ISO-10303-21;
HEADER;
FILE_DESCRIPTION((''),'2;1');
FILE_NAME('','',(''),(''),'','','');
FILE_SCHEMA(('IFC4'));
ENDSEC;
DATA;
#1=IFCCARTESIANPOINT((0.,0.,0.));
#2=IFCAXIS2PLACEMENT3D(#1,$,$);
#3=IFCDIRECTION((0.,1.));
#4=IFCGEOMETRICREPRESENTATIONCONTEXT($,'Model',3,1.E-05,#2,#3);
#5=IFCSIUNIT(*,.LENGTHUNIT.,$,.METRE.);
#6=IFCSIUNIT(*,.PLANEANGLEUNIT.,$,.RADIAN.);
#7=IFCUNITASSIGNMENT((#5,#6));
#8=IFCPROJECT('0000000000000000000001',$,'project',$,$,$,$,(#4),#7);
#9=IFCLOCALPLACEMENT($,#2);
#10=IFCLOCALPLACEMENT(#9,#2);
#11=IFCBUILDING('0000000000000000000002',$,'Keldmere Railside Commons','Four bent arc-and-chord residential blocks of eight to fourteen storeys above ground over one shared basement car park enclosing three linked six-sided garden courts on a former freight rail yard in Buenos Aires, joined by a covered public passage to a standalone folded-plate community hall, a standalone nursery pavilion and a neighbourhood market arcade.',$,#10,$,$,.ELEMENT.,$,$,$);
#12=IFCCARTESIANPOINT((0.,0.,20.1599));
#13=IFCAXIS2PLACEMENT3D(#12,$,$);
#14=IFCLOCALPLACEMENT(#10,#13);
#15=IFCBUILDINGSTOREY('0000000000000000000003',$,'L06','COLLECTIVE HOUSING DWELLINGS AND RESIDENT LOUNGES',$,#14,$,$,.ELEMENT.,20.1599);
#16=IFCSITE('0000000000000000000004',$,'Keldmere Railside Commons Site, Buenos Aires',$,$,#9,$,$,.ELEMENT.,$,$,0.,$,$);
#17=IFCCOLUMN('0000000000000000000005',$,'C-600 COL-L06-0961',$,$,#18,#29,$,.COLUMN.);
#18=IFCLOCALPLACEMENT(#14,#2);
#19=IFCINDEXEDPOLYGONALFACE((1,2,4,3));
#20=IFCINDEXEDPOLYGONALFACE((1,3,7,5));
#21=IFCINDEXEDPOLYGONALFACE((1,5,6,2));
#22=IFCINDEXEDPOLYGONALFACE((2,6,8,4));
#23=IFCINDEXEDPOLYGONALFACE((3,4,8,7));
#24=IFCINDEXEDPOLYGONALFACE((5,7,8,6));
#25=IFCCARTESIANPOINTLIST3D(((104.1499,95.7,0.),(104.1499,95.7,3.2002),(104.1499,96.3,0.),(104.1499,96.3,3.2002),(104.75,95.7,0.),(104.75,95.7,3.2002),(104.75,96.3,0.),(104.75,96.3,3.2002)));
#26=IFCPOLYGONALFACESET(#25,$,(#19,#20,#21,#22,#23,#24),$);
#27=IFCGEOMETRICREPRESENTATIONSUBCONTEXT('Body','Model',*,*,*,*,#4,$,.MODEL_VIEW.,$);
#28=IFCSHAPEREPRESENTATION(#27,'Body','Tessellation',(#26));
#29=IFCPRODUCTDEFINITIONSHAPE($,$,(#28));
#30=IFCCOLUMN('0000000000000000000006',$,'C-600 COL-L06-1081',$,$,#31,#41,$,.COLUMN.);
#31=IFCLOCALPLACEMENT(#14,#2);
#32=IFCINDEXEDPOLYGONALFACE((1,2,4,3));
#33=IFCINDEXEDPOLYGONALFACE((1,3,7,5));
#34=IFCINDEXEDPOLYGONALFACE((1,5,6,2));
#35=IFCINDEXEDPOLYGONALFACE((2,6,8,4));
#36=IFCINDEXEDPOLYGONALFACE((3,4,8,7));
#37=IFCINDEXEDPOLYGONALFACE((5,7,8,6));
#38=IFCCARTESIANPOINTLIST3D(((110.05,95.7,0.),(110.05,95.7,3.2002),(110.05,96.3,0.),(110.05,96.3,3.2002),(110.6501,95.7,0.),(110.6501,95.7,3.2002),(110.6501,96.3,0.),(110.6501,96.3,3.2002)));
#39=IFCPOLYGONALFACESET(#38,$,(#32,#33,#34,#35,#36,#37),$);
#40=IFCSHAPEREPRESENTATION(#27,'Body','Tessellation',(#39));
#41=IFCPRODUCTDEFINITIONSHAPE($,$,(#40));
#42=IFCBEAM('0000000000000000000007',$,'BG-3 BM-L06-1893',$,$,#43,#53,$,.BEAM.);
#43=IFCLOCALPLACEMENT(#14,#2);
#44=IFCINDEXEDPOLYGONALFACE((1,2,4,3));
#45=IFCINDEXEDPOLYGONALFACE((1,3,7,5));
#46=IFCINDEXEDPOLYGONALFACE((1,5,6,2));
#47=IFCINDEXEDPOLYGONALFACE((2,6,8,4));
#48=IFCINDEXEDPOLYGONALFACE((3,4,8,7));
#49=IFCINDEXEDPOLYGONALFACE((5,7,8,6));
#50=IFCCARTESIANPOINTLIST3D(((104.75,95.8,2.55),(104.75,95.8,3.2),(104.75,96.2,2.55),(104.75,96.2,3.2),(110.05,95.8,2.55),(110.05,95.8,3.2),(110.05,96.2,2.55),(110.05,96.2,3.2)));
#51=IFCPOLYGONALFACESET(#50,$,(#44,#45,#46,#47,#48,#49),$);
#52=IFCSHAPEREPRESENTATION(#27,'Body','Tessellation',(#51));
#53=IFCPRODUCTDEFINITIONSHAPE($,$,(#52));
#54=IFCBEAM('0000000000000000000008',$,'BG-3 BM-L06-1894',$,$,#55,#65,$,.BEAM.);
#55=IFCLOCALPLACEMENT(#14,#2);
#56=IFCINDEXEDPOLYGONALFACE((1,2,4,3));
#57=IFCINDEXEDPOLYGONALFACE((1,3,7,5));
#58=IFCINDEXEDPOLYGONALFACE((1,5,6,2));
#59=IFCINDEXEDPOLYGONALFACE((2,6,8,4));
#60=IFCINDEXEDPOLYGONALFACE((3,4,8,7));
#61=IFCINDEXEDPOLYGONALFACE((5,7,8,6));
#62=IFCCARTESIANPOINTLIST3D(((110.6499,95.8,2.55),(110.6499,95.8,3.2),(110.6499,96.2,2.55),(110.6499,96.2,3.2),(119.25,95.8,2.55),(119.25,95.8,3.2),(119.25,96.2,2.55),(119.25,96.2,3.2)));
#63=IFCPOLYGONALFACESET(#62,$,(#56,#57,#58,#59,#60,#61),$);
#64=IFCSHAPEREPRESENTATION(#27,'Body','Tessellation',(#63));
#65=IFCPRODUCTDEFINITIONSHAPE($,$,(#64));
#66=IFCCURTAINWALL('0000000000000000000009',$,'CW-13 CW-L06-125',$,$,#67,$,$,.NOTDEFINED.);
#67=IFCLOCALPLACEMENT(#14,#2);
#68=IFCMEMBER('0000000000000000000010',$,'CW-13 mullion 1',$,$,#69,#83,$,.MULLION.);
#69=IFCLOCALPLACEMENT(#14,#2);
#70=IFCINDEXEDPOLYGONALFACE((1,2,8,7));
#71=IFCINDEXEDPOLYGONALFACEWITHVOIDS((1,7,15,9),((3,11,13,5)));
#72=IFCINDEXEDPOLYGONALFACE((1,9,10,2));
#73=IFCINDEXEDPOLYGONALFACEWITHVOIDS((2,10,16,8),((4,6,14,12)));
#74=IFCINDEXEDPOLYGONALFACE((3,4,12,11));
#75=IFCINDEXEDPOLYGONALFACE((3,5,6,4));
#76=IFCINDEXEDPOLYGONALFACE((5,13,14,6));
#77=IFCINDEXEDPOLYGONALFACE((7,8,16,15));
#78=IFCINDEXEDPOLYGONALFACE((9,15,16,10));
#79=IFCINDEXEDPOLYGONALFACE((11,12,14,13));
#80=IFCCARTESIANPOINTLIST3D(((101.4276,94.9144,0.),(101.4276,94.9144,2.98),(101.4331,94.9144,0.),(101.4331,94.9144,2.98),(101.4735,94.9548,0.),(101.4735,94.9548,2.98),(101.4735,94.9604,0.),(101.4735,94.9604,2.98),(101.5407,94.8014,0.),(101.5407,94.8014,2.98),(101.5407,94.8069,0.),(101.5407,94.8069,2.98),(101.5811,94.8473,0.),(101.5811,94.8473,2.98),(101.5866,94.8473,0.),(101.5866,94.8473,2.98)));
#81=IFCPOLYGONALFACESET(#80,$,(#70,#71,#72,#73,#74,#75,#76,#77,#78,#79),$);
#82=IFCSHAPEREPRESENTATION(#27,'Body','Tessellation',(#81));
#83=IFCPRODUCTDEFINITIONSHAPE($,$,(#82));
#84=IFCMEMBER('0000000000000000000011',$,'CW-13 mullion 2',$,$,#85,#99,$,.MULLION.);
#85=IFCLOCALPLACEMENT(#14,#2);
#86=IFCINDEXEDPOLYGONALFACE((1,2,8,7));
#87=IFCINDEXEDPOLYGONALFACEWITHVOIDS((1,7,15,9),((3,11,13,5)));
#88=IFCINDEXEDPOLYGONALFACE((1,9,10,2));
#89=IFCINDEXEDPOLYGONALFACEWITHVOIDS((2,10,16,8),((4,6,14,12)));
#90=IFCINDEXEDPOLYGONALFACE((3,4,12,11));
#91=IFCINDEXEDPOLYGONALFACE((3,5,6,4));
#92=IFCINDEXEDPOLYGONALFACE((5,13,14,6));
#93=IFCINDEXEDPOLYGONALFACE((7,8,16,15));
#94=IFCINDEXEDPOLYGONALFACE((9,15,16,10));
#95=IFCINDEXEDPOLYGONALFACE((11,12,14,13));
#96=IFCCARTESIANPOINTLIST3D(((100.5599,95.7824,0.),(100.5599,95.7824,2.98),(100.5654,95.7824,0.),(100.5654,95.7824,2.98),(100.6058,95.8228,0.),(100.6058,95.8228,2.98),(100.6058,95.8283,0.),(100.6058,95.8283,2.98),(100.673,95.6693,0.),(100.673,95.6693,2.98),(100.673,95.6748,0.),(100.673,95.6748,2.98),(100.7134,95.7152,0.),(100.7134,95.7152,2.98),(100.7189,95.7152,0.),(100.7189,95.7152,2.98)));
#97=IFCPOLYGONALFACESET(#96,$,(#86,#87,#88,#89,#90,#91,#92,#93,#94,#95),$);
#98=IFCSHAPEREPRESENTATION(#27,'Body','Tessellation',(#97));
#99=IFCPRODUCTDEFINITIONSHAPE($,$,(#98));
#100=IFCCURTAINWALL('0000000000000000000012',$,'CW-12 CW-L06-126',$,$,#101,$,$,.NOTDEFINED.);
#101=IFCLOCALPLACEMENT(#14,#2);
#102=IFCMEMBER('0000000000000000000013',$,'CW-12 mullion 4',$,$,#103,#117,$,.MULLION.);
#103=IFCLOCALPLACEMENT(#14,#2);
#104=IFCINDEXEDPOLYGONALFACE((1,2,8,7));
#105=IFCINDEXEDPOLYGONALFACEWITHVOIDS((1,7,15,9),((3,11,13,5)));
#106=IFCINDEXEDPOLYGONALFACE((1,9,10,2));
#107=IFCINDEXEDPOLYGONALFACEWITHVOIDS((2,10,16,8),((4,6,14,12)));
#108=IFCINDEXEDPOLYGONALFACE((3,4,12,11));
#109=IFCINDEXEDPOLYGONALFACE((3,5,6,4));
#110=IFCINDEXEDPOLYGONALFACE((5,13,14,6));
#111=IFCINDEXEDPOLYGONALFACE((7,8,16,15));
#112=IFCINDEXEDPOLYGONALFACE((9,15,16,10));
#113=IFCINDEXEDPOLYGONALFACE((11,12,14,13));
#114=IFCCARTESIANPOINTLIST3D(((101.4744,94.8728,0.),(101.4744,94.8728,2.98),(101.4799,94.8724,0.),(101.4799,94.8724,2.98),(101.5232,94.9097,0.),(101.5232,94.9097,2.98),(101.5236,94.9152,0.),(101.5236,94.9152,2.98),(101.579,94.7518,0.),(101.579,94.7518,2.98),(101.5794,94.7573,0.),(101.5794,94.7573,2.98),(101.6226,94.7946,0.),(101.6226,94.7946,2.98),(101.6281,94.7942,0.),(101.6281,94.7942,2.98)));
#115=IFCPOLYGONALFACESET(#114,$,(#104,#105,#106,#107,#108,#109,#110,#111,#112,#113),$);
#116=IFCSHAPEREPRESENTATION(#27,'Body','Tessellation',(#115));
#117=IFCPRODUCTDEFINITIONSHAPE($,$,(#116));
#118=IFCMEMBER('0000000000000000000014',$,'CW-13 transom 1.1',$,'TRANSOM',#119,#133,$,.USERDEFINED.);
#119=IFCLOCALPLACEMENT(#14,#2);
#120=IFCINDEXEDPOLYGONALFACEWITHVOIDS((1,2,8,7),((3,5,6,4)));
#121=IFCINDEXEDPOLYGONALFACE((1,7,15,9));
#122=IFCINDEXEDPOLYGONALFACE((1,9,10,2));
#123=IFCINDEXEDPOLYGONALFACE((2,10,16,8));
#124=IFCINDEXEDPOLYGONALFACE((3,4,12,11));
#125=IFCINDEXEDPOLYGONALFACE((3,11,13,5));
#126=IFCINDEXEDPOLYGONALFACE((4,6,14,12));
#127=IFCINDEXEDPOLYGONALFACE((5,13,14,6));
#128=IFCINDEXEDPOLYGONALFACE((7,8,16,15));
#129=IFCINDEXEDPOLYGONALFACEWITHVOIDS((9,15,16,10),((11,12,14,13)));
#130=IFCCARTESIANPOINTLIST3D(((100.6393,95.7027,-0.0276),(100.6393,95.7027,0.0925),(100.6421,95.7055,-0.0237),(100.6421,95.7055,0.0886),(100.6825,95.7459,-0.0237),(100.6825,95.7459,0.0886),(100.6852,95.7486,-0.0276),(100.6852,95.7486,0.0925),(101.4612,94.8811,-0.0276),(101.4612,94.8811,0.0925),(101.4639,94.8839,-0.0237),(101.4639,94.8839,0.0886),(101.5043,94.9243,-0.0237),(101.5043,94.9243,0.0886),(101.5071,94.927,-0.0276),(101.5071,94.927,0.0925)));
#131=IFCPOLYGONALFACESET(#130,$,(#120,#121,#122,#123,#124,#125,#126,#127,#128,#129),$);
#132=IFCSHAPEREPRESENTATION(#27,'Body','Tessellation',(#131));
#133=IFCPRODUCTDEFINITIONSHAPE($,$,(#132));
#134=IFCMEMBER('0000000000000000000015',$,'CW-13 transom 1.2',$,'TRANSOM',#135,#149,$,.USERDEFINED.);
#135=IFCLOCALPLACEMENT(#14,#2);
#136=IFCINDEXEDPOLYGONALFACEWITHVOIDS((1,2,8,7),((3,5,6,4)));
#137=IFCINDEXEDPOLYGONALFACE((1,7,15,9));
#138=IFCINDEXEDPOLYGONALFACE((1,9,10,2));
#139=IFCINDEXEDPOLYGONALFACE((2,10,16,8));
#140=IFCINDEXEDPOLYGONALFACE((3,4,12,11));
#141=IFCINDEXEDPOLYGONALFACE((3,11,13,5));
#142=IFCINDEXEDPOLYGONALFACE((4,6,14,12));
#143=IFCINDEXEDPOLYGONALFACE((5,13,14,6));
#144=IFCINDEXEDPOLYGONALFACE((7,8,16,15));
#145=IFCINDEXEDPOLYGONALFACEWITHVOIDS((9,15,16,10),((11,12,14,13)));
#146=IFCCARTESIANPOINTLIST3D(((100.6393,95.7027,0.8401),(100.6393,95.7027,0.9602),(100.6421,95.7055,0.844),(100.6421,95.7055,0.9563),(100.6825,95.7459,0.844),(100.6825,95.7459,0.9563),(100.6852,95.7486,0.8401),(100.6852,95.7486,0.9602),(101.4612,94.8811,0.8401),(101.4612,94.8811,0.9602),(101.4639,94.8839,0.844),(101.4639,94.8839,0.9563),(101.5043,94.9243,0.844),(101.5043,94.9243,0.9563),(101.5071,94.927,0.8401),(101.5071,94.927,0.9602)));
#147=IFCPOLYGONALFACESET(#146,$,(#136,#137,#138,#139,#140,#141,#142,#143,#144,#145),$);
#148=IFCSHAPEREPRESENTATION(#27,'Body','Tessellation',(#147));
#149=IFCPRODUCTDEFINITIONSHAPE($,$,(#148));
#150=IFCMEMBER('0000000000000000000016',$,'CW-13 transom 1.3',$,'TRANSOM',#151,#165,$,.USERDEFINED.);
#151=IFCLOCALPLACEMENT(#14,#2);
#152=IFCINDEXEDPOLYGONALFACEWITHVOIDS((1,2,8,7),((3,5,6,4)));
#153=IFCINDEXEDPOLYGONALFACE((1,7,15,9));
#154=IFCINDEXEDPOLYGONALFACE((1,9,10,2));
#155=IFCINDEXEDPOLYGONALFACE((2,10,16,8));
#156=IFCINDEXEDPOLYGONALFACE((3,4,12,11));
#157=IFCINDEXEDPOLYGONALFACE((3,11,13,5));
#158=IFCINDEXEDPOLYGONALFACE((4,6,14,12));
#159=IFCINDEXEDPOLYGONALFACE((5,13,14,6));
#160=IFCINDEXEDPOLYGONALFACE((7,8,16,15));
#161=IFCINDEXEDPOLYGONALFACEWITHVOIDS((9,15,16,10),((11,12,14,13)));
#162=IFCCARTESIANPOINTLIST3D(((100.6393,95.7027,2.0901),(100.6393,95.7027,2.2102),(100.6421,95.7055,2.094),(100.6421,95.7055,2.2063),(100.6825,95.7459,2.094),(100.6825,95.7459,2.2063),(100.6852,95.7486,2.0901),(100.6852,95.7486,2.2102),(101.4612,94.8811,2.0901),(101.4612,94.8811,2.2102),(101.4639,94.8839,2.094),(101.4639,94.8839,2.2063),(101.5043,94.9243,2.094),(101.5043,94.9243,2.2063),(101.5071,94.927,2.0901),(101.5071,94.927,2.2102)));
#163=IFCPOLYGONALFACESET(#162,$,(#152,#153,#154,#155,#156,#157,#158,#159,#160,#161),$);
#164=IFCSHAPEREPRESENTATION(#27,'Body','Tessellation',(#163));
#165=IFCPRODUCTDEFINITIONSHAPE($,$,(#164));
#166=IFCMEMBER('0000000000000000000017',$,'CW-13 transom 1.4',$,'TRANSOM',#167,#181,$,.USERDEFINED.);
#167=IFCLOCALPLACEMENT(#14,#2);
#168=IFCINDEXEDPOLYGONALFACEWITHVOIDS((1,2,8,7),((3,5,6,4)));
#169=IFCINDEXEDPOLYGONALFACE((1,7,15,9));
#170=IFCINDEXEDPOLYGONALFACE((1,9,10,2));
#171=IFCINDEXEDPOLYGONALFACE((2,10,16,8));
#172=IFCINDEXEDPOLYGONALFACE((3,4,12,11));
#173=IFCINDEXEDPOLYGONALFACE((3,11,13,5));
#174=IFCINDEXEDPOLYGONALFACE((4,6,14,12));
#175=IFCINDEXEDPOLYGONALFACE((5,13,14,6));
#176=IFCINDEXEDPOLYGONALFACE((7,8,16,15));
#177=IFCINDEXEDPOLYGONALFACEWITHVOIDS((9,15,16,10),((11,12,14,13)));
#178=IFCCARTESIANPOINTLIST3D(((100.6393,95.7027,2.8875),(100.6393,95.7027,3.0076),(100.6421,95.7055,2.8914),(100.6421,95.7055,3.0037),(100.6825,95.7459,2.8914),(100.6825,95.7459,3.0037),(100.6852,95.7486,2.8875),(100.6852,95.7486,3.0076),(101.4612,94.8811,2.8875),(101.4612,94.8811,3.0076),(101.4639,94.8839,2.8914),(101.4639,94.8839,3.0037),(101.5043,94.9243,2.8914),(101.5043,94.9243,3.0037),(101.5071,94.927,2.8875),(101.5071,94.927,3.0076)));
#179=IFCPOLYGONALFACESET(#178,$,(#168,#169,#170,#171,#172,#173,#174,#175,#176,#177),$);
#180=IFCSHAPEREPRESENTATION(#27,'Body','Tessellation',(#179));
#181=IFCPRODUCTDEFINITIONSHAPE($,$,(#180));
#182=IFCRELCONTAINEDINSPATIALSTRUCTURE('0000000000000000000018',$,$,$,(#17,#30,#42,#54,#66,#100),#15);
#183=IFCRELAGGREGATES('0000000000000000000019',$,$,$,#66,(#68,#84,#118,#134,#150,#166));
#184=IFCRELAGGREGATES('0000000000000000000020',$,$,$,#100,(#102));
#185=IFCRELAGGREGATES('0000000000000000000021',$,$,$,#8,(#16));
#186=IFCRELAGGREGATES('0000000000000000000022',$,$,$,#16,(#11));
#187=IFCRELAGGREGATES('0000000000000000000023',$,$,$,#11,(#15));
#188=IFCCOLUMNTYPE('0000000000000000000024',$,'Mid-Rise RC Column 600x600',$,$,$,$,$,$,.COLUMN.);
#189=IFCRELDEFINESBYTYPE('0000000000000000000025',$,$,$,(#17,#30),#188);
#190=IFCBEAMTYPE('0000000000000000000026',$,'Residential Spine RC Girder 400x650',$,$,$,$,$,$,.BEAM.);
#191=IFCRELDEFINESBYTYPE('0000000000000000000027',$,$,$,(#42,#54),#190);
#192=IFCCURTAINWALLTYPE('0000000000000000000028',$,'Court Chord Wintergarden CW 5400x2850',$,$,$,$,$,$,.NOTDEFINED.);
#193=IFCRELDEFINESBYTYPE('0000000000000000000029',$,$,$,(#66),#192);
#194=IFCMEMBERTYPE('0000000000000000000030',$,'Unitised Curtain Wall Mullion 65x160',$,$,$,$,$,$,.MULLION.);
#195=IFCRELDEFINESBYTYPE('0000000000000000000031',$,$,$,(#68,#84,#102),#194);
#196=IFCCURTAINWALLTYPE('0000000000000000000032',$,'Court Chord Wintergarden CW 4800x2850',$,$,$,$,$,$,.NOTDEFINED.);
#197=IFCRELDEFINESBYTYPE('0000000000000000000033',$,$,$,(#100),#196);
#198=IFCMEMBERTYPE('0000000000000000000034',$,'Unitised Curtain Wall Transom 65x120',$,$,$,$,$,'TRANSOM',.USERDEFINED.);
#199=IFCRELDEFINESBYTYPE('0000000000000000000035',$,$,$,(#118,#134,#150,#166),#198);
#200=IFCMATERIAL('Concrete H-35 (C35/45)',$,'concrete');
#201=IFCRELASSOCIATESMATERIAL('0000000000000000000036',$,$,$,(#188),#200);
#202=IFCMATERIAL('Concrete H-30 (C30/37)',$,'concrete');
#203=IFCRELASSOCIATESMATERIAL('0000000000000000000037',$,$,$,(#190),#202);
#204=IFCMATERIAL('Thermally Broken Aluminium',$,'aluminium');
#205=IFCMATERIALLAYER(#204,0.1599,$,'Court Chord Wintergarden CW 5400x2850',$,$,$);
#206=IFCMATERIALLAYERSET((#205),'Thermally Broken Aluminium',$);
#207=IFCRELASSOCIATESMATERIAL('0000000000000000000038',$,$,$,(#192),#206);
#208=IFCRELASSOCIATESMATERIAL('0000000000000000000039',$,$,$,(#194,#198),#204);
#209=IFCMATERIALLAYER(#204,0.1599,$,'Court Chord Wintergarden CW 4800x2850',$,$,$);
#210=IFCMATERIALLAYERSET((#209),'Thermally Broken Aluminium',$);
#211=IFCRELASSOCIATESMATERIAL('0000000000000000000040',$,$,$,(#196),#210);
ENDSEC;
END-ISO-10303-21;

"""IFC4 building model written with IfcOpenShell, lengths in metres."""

from ifc_helpers import new_model, si_unit, direction, frame, origin, origin_2d, place, context, subcontext, project, spatial, rectangle, hollow_rectangle, extrude, material, layer, layer_set, material_profile, profile_set, type_object, element, aggregate, save


model = new_model("IFC4")

# Units and contexts
model_context = context("Model", 3, precision=1e-05, world=origin(), true_north=direction((0.0, 1.0)))
body_context = subcontext(model_context, "Body", "Model", "MODEL_VIEW")
ifc_project = project(units=[si_unit("LENGTHUNIT", "METRE"), si_unit("PLANEANGLEUNIT", "RADIAN")], contexts=[model_context])

# Site, building, storey
site_placement = place(None, origin())
site = spatial("IfcSite", under=ifc_project, at=site_placement, Name="Keldmere Railside Commons Site, Buenos Aires", CompositionType="ELEMENT", RefElevation=0.0)
building_placement = place(site_placement, origin())
building = spatial("IfcBuilding", under=site, at=building_placement, Name="Keldmere Railside Commons", Description="Four bent arc-and-chord residential blocks of eight to fourteen storeys above ground over one shared basement car park enclosing three linked six-sided garden courts on a former freight rail yard in Buenos Aires, joined by a covered public passage to a standalone folded-plate community hall, a standalone nursery pavilion and a neighbourhood market arcade.", CompositionType="ELEMENT")
storey_placement = place(building_placement, frame((0.0, 0.0, 20.1599)))
storey = spatial("IfcBuildingStorey", under=building, at=storey_placement, Name="L06", Description="COLLECTIVE HOUSING DWELLINGS AND RESIDENT LOUNGES", CompositionType="ELEMENT", Elevation=20.1599)

# Columns
ifc_material_1 = material(Name="Concrete H-35 (C35/45)", Category="concrete")
ifc_material_profile_1 = material_profile(ifc_material_1, rectangle(XDim=0.6001, YDim=0.6001, at=origin_2d()), Name="RC-600x600")
ifc_profile_set_1 = profile_set([ifc_material_profile_1], Name="Concrete H-35 (C35/45)")
column_type = type_object("IfcColumnType", Name="Mid-Rise RC Column 600x600", PredefinedType="COLUMN", material=ifc_profile_set_1)
for number, where, z_axis, x_axis, name in (
    (1, (104.45, 96.0, 0.0), (0.0, 0.0, 1.0), (1.0, 0.0, 0.0), "C-600 COL-L06-0961"),
    (2, (110.3501, 96.0, 0.0), (0.0, 0.0, 1.0), (1.0, 0.0, 0.0), "C-600 COL-L06-1081"),
):
    element("IfcColumn", number, at=place(storey_placement, frame(where, z_axis=z_axis, x_axis=x_axis)), inside=storey, type_object=column_type, Name=name, PredefinedType="COLUMN", context=body_context, shape_type="SweptSolid", body=[
        extrude(rectangle(XDim=0.6001, YDim=0.6001, at=origin_2d()), origin(), (0.0, 0.0, 1.0), 3.2002),
    ])

# Beams
ifc_material_2 = material(Name="Concrete H-30 (C30/37)", Category="concrete")
ifc_material_profile_2 = material_profile(ifc_material_2, rectangle(XDim=0.3999, YDim=0.6499, at=origin_2d()), Name="RC-400x650")
ifc_profile_set_2 = profile_set([ifc_material_profile_2], Name="Concrete H-30 (C30/37)")
beam_type = type_object("IfcBeamType", Name="Residential Spine RC Girder 400x650", PredefinedType="BEAM", material=ifc_profile_set_2)
beam_1_placement = place(storey_placement, frame((104.75, 96.0, 2.875), z_axis=(1.0, 0.0, 0.0), x_axis=(0.0, 1.0, 0.0)))
element("IfcBeam", 3, at=beam_1_placement, inside=storey, type_object=beam_type, Name="BG-3 BM-L06-1893", PredefinedType="BEAM", context=body_context, shape_type="SweptSolid", body=[
    extrude(rectangle(XDim=0.3999, YDim=0.6499, at=origin_2d()), origin(), (0.0, 0.0, 1.0), 5.3),
])
beam_2_placement = place(storey_placement, frame((110.6499, 96.0, 2.875), z_axis=(1.0, 0.0, 0.0), x_axis=(0.0, 1.0, 0.0)))
element("IfcBeam", 4, at=beam_2_placement, inside=storey, type_object=beam_type, Name="BG-3 BM-L06-1894", PredefinedType="BEAM", context=body_context, shape_type="SweptSolid", body=[
    extrude(rectangle(XDim=0.3999, YDim=0.6499, at=origin_2d()), origin(), (0.0, 0.0, 1.0), 8.6001),
])

# Curtain wall, members
ifc_material_3 = material(Name="Thermally Broken Aluminium", Category="aluminium")
ifc_layer_1 = layer(ifc_material_3, 0.1599, Name="Court Chord Wintergarden CW 5400x2850")
ifc_layer_set_1 = layer_set([ifc_layer_1], Name="Thermally Broken Aluminium")
curtain_wall_type_1 = type_object("IfcCurtainWallType", Name="Court Chord Wintergarden CW 5400x2850", PredefinedType="NOTDEFINED", material=ifc_layer_set_1)
curtain_wall_1_placement = place(storey_placement, origin())
curtain_wall_1 = element("IfcCurtainWall", 5, at=curtain_wall_1_placement, inside=storey, type_object=curtain_wall_type_1, Name="CW-13 CW-L06-125", PredefinedType="NOTDEFINED")
ifc_material_profile_3 = material_profile(ifc_material_3, hollow_rectangle(XDim=0.0649, YDim=0.1599, WallThickness=0.0039, at=origin_2d()), Name="ALU-MULL-65x160")
ifc_profile_set_3 = profile_set([ifc_material_profile_3], Name="Thermally Broken Aluminium")
member_type_1 = type_object("IfcMemberType", Name="Unitised Curtain Wall Mullion 65x160", PredefinedType="MULLION", material=ifc_profile_set_3)
member_1_placement = place(storey_placement, frame((101.5071, 94.8809, 0.0), z_axis=(0.0, 0.0, 1.0), x_axis=(-0.707107, -0.707107, 0.0)))
member_1 = element("IfcMember", 6, at=member_1_placement, type_object=member_type_1, Name="CW-13 mullion 1", PredefinedType="MULLION", context=body_context, shape_type="SweptSolid", body=[
    extrude(hollow_rectangle(XDim=0.0649, YDim=0.1599, WallThickness=0.0039, at=origin_2d()), origin(), (0.0, 0.0, 1.0), 2.98),
])
member_2_placement = place(storey_placement, frame((100.6394, 95.7488, 0.0), z_axis=(0.0, 0.0, 1.0), x_axis=(-0.707107, -0.707107, 0.0)))
member_2 = element("IfcMember", 7, at=member_2_placement, type_object=member_type_1, Name="CW-13 mullion 2", PredefinedType="MULLION", context=body_context, shape_type="SweptSolid", body=[
    extrude(hollow_rectangle(XDim=0.0649, YDim=0.1599, WallThickness=0.0039, at=origin_2d()), origin(), (0.0, 0.0, 1.0), 2.98),
])

# Curtain wall, member
ifc_layer_2 = layer(ifc_material_3, 0.1599, Name="Court Chord Wintergarden CW 4800x2850")
ifc_layer_set_2 = layer_set([ifc_layer_2], Name="Thermally Broken Aluminium")
curtain_wall_type_2 = type_object("IfcCurtainWallType", Name="Court Chord Wintergarden CW 4800x2850", PredefinedType="NOTDEFINED", material=ifc_layer_set_2)
curtain_wall_2_placement = place(storey_placement, origin())
curtain_wall_2 = element("IfcCurtainWall", 8, at=curtain_wall_2_placement, inside=storey, type_object=curtain_wall_type_2, Name="CW-12 CW-L06-126", PredefinedType="NOTDEFINED")
member_3_placement = place(storey_placement, frame((101.5513, 94.8335, 0.0), z_axis=(0.0, 0.0, 1.0), x_axis=(-0.756597, -0.653882, 0.0)))
member_3 = element("IfcMember", 9, at=member_3_placement, type_object=member_type_1, Name="CW-12 mullion 4", PredefinedType="MULLION", context=body_context, shape_type="SweptSolid", body=[
    extrude(hollow_rectangle(XDim=0.0649, YDim=0.1599, WallThickness=0.0039, at=origin_2d()), origin(), (0.0, 0.0, 1.0), 2.98),
])

# Members
ifc_material_profile_4 = material_profile(ifc_material_3, hollow_rectangle(XDim=0.0649, YDim=0.1201, WallThickness=0.0039, at=origin_2d()), Name="ALU-TRAN-65x120")
ifc_profile_set_4 = profile_set([ifc_material_profile_4], Name="Thermally Broken Aluminium")
member_type_2 = type_object("IfcMemberType", Name="Unitised Curtain Wall Transom 65x120", ElementType="TRANSOM", PredefinedType="USERDEFINED", material=ifc_profile_set_4)
member_4_placement = place(storey_placement, frame((101.4841, 94.9041, 0.0325), z_axis=(-0.707212, 0.707002, 0.0), x_axis=(-0.707002, -0.707212, 0.0)))
member_4 = element("IfcMember", 10, at=member_4_placement, type_object=member_type_2, Name="CW-13 transom 1.1", ObjectType="TRANSOM", PredefinedType="USERDEFINED", context=body_context, shape_type="SweptSolid", body=[
    extrude(hollow_rectangle(XDim=0.0649, YDim=0.1201, WallThickness=0.0039, at=origin_2d()), origin(), (0.0, 0.0, 1.0), 1.1621),
])
member_5_placement = place(storey_placement, frame((101.4841, 94.9041, 0.9001), z_axis=(-0.707212, 0.707002, 0.0), x_axis=(-0.707002, -0.707212, 0.0)))
member_5 = element("IfcMember", 11, at=member_5_placement, type_object=member_type_2, Name="CW-13 transom 1.2", ObjectType="TRANSOM", PredefinedType="USERDEFINED", context=body_context, shape_type="SweptSolid", body=[
    extrude(hollow_rectangle(XDim=0.0649, YDim=0.1201, WallThickness=0.0039, at=origin_2d()), origin(), (0.0, 0.0, 1.0), 1.1621),
])
member_6_placement = place(storey_placement, frame((101.4841, 94.9041, 2.1501), z_axis=(-0.707212, 0.707002, 0.0), x_axis=(-0.707002, -0.707212, 0.0)))
member_6 = element("IfcMember", 12, at=member_6_placement, type_object=member_type_2, Name="CW-13 transom 1.3", ObjectType="TRANSOM", PredefinedType="USERDEFINED", context=body_context, shape_type="SweptSolid", body=[
    extrude(hollow_rectangle(XDim=0.0649, YDim=0.1201, WallThickness=0.0039, at=origin_2d()), origin(), (0.0, 0.0, 1.0), 1.1621),
])
member_7_placement = place(storey_placement, frame((101.4841, 94.9041, 2.9475), z_axis=(-0.707212, 0.707002, 0.0), x_axis=(-0.707002, -0.707212, 0.0)))
member_7 = element("IfcMember", 13, at=member_7_placement, type_object=member_type_2, Name="CW-13 transom 1.4", ObjectType="TRANSOM", PredefinedType="USERDEFINED", context=body_context, shape_type="SweptSolid", body=[
    extrude(hollow_rectangle(XDim=0.0649, YDim=0.1201, WallThickness=0.0039, at=origin_2d()), origin(), (0.0, 0.0, 1.0), 1.1621),
])

aggregate(curtain_wall_1, [member_1, member_2, member_4, member_5, member_6, member_7])
aggregate(curtain_wall_2, [member_3])

save(model, "model.ifc")
